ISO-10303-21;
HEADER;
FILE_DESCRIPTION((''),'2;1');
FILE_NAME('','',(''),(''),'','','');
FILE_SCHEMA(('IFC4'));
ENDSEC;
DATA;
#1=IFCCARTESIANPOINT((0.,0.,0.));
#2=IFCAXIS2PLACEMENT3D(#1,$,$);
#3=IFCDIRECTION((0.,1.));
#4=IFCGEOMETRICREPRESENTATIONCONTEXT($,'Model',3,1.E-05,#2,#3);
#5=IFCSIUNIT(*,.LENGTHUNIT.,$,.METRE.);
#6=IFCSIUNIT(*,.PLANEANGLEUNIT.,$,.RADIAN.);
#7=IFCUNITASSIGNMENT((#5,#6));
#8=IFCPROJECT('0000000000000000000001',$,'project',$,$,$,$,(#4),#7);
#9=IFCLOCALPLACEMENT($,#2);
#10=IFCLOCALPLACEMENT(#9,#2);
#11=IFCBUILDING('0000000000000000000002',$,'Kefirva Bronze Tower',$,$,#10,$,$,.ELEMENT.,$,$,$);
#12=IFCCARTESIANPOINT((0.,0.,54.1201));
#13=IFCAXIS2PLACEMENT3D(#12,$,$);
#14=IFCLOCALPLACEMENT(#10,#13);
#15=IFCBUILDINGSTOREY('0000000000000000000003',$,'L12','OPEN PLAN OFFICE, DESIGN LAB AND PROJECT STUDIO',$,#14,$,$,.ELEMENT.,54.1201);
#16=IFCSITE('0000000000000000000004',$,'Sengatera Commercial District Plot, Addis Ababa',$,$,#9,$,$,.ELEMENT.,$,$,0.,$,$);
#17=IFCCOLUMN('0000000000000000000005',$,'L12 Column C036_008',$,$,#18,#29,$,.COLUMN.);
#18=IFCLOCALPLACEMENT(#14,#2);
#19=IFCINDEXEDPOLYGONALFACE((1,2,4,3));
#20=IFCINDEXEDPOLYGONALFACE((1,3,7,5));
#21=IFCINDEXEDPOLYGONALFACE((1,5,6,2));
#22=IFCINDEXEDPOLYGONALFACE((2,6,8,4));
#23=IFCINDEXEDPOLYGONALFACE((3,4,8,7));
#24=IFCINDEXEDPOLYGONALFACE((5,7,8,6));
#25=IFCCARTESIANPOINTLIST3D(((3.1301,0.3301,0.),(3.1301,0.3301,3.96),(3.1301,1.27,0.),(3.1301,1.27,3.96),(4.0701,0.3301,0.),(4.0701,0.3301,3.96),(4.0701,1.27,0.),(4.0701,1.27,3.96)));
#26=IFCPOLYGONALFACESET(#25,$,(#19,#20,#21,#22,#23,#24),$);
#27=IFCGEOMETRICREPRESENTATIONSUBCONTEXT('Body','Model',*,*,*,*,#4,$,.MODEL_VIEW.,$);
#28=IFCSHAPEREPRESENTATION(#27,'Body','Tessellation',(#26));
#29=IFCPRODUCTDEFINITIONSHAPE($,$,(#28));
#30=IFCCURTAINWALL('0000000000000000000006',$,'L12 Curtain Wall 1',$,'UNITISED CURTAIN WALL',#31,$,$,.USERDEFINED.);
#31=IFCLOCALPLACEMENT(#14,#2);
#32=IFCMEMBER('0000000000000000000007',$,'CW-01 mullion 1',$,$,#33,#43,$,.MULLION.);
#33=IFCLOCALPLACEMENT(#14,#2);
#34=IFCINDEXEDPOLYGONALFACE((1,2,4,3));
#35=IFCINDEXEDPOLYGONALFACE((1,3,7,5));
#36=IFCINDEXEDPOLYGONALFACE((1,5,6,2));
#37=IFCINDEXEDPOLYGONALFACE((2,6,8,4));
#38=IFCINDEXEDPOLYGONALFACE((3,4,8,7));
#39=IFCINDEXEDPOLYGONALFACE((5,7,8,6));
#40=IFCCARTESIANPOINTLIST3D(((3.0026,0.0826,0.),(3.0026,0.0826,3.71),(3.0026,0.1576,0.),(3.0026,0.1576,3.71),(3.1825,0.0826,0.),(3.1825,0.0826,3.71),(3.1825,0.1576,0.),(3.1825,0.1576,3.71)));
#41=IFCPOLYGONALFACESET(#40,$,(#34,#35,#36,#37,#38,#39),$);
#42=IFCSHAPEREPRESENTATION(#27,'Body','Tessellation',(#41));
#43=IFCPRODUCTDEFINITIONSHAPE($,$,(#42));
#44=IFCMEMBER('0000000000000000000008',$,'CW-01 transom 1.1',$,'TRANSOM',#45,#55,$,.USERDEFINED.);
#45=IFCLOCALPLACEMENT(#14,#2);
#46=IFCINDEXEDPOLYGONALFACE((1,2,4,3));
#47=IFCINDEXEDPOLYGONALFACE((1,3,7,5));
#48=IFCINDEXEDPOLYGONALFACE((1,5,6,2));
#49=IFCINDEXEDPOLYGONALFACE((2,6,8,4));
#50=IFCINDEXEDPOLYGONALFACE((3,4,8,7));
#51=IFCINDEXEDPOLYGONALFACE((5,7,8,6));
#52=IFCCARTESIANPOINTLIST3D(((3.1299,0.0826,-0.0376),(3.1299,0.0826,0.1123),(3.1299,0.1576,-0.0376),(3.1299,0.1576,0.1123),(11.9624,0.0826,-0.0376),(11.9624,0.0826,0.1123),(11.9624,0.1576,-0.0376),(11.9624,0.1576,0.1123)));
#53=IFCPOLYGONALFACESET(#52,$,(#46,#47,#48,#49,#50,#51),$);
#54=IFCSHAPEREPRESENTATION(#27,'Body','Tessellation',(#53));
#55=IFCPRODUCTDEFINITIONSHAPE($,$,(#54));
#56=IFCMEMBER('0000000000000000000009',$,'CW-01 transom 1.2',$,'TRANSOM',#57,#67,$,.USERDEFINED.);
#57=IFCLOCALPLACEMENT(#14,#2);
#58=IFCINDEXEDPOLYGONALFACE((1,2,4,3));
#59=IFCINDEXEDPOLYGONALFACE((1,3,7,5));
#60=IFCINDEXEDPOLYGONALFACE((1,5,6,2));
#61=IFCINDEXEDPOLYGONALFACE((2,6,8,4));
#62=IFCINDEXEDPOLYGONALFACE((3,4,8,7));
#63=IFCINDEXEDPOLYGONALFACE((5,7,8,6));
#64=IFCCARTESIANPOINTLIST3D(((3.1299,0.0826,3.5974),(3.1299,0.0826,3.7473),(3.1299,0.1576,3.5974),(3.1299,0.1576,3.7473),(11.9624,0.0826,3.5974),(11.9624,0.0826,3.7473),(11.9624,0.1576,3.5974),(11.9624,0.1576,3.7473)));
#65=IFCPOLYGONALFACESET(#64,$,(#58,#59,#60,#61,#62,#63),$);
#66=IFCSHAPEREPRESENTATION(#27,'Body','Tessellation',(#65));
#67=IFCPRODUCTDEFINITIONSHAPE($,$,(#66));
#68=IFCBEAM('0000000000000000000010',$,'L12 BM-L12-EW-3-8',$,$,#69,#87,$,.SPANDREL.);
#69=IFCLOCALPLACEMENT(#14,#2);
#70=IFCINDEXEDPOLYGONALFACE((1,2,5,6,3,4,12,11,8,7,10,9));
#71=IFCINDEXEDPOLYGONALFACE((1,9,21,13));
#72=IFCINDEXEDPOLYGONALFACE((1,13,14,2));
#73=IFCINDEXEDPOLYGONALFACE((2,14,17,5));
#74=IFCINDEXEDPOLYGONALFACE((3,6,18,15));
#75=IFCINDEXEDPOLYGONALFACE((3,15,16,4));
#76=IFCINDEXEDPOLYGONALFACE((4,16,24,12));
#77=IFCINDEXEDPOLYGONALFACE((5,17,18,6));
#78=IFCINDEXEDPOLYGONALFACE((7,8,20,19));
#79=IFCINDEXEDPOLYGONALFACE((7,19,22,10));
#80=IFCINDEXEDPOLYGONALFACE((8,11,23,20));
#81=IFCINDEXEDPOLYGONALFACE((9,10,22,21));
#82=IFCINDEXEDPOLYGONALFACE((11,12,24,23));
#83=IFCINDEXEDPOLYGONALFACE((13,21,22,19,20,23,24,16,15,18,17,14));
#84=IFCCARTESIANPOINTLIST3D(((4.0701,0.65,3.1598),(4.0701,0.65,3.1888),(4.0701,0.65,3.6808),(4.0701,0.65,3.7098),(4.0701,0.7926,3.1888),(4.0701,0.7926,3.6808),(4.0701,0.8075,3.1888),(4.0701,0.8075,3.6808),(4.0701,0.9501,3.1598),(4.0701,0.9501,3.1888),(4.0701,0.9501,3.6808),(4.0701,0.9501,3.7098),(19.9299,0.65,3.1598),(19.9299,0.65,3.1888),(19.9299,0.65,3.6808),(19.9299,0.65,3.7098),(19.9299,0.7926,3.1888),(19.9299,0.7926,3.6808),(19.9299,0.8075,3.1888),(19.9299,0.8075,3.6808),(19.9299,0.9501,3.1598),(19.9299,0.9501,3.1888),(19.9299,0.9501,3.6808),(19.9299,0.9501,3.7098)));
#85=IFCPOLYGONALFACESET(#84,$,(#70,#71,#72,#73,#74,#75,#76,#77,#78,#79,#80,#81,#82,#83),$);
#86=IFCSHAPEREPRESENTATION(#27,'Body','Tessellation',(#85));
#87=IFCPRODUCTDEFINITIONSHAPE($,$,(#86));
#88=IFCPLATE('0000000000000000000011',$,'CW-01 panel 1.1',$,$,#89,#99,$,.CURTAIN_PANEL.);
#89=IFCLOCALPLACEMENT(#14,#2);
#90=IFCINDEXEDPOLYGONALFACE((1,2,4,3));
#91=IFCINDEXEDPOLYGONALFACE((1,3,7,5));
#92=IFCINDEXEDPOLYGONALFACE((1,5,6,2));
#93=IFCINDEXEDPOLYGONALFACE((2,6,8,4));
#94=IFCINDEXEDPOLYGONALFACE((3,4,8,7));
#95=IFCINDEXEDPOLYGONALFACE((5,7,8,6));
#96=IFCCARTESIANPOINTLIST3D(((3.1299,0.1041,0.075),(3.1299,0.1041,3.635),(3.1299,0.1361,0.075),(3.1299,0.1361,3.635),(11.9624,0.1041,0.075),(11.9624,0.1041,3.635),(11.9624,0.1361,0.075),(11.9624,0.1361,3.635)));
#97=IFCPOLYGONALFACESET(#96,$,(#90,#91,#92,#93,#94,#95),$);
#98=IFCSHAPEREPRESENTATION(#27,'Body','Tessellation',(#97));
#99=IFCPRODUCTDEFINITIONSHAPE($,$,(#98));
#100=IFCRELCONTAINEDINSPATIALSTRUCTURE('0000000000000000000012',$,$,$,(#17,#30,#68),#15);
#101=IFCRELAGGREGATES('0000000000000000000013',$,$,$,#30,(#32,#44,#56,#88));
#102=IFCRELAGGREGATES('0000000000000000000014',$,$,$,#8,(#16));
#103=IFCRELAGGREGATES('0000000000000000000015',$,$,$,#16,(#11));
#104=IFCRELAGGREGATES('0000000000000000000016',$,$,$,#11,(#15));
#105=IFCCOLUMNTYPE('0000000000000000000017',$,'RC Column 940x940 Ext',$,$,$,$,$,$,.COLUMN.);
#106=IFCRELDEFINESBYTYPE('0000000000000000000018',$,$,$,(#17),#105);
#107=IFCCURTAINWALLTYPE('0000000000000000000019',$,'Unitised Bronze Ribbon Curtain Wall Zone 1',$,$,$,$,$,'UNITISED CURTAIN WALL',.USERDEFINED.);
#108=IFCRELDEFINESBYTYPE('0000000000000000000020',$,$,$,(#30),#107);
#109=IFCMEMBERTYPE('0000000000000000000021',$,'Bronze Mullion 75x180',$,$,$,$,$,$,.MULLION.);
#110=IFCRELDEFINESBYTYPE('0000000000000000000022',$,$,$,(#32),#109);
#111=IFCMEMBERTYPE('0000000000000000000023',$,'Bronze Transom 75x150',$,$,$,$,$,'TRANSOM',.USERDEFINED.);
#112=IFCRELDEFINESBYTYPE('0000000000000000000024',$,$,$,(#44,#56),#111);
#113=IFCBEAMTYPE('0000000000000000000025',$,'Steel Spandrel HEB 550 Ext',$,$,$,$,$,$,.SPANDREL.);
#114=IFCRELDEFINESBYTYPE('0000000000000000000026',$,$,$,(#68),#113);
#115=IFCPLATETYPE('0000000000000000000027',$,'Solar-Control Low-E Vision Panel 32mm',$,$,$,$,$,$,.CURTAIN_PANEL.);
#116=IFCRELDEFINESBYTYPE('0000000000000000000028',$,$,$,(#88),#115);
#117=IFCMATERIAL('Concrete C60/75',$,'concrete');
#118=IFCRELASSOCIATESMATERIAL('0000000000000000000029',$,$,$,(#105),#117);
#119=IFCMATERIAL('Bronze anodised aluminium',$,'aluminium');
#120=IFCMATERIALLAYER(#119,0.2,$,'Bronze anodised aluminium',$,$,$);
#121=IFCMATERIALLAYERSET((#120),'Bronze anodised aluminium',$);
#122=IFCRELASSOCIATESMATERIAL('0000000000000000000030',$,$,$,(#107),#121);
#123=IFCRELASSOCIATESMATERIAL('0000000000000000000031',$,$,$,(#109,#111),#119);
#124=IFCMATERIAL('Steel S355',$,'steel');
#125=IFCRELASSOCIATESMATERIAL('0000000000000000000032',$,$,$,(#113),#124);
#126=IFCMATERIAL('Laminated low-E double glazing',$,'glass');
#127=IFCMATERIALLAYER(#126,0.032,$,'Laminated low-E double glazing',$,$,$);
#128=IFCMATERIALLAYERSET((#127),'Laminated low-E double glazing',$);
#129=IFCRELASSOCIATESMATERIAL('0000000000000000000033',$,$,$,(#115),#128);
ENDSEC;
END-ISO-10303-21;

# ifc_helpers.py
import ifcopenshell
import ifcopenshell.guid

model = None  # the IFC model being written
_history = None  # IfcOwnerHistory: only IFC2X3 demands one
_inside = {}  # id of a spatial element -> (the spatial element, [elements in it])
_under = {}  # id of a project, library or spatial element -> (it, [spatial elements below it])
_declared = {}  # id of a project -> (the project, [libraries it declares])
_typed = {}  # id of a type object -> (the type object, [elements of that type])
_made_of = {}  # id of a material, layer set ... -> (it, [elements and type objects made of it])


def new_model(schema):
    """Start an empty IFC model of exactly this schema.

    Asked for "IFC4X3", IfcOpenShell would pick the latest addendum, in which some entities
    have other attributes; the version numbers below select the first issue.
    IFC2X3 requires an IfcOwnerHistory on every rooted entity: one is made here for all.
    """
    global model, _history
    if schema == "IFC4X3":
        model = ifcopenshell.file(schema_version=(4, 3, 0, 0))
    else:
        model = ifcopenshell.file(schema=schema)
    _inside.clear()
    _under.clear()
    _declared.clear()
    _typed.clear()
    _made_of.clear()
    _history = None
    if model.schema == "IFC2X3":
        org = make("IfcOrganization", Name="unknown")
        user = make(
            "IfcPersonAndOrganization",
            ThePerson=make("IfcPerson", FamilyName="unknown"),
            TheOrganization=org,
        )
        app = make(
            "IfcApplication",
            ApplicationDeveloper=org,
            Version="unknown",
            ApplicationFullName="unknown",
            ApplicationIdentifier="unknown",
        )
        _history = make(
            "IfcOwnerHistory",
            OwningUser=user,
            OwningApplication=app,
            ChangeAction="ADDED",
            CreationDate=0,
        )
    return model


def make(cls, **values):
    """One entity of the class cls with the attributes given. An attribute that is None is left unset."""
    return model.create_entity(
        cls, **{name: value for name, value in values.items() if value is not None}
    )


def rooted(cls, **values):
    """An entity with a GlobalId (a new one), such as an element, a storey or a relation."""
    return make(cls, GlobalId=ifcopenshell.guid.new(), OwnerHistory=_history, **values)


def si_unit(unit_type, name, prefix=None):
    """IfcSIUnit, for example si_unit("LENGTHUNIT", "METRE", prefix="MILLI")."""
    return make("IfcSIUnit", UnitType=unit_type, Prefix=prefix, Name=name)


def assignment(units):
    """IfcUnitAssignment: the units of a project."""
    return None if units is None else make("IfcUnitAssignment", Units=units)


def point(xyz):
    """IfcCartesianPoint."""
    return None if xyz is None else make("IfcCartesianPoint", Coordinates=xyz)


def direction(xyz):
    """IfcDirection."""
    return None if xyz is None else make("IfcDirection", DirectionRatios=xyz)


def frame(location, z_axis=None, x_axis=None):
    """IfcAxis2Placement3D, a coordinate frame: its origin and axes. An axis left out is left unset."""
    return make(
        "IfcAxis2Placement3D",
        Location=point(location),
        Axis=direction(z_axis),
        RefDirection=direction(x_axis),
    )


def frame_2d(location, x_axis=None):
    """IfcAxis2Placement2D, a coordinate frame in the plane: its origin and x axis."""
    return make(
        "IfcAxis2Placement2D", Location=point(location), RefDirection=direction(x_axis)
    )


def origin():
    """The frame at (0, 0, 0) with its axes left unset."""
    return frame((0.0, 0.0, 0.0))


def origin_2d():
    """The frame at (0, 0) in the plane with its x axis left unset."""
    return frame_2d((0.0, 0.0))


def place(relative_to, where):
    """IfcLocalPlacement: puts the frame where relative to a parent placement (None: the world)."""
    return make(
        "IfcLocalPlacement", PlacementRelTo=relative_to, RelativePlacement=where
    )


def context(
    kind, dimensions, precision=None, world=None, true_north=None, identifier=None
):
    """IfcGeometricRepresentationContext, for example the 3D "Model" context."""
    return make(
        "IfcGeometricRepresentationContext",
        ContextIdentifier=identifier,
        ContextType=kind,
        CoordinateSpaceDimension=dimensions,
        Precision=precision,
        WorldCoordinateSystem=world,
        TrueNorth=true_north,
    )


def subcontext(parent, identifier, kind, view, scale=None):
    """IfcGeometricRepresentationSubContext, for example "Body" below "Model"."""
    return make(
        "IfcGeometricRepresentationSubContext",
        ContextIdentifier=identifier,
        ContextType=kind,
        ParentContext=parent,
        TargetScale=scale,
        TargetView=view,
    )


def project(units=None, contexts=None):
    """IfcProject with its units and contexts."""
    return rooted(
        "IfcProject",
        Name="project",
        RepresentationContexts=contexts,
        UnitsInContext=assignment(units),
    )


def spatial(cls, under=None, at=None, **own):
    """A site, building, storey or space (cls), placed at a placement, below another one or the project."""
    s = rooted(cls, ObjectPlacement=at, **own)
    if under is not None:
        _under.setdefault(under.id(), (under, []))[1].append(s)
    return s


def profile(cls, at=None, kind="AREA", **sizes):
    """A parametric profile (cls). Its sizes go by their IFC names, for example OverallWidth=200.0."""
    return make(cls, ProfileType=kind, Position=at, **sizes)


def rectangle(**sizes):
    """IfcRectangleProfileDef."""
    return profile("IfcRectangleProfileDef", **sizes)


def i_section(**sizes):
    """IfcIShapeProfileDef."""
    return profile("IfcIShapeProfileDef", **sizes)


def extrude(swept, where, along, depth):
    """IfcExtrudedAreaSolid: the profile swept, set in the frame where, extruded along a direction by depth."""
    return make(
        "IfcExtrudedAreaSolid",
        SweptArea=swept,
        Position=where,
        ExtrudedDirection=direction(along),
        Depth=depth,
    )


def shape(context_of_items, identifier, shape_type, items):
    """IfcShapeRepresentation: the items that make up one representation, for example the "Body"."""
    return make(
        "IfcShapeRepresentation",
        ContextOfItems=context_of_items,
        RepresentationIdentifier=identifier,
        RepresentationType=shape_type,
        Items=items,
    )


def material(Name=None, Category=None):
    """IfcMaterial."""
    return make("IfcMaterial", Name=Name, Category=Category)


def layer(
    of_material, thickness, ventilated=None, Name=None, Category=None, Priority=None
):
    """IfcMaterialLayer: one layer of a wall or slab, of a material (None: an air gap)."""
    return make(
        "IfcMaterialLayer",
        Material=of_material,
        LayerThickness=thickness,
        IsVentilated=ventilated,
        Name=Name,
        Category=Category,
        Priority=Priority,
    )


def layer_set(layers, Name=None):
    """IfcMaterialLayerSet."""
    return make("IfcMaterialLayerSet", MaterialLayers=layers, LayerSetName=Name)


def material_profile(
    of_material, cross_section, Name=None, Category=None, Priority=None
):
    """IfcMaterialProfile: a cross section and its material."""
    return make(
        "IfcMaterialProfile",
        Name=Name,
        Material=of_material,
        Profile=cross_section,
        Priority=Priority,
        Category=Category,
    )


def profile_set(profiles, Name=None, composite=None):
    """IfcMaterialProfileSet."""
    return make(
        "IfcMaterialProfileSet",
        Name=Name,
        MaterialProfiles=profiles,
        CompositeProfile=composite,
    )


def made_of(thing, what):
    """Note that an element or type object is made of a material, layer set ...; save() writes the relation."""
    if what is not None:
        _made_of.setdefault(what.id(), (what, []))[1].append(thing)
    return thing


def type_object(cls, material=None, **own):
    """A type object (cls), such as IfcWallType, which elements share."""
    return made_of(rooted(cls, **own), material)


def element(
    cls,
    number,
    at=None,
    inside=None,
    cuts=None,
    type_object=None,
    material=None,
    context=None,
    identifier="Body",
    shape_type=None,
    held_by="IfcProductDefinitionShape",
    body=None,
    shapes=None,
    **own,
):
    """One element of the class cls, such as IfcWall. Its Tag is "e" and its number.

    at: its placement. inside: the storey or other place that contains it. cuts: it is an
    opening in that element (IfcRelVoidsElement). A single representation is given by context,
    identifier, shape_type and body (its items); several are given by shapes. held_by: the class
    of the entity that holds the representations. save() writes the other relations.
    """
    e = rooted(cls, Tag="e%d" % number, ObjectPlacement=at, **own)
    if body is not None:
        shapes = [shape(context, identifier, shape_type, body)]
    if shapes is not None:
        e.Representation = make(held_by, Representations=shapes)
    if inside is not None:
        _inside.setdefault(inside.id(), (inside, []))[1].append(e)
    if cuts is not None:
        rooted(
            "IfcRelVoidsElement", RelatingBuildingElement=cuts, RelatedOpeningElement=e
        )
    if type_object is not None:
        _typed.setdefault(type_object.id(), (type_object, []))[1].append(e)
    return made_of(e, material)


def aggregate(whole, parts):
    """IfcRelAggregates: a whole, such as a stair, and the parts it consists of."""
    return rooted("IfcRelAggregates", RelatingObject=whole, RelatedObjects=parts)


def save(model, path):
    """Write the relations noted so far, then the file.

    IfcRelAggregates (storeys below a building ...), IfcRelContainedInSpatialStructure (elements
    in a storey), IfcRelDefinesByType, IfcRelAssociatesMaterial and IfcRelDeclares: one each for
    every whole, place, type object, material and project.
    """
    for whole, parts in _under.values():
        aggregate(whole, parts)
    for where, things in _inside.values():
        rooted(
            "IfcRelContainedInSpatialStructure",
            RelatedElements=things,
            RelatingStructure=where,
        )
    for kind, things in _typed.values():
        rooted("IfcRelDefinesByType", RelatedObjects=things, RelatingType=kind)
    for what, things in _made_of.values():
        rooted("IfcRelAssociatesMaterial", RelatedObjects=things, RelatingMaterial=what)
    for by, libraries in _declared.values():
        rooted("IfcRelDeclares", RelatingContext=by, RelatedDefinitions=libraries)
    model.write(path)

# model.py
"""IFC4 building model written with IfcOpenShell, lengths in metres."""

from ifc_helpers import new_model, si_unit, direction, frame, origin, origin_2d, place, context, subcontext, project, spatial, rectangle, i_section, extrude, material, layer, layer_set, material_profile, profile_set, type_object, element, aggregate, save


model = new_model("IFC4")

# Units and contexts
model_context = context("Model", 3, precision=1e-05, world=origin(), true_north=direction((0.0, 1.0)))
body_context = subcontext(model_context, "Body", "Model", "MODEL_VIEW")
ifc_project = project(units=[si_unit("LENGTHUNIT", "METRE"), si_unit("PLANEANGLEUNIT", "RADIAN")], contexts=[model_context])

# Site, building, storey
site_placement = place(None, origin())
site = spatial("IfcSite", under=ifc_project, at=site_placement, Name="Sengatera Commercial District Plot, Addis Ababa", CompositionType="ELEMENT", RefElevation=0.0)
building_placement = place(site_placement, origin())
building = spatial("IfcBuilding", under=site, at=building_placement, Name="Kefirva Bronze Tower", CompositionType="ELEMENT")
storey_placement = place(building_placement, frame((0.0, 0.0, 54.1201)))
storey = spatial("IfcBuildingStorey", under=building, at=storey_placement, Name="L12", Description="OPEN PLAN OFFICE, DESIGN LAB AND PROJECT STUDIO", CompositionType="ELEMENT", Elevation=54.1201)

# Column
ifc_material_1 = material(Name="Concrete C60/75", Category="concrete")
ifc_material_profile_1 = material_profile(ifc_material_1, rectangle(XDim=0.9399, YDim=0.9399, at=origin_2d()), Name="RC 940x940")
ifc_profile_set_1 = profile_set([ifc_material_profile_1], Name="Concrete C60/75")
column_type = type_object("IfcColumnType", Name="RC Column 940x940 Ext", PredefinedType="COLUMN", material=ifc_profile_set_1)
column_placement = place(storey_placement, frame((3.6001, 0.8, 0.0), z_axis=(0.0, 0.0, 1.0), x_axis=(1.0, 0.0, 0.0)))
element("IfcColumn", 1, at=column_placement, inside=storey, type_object=column_type, Name="L12 Column C036_008", PredefinedType="COLUMN", context=body_context, shape_type="SweptSolid", body=[
    extrude(rectangle(XDim=0.9399, YDim=0.9399, at=origin_2d()), origin(), (0.0, 0.0, 1.0), 3.96),
])

# Curtain wall, members
ifc_material_2 = material(Name="Bronze anodised aluminium", Category="aluminium")
ifc_layer_1 = layer(ifc_material_2, 0.2, Name="Bronze anodised aluminium")
ifc_layer_set_1 = layer_set([ifc_layer_1], Name="Bronze anodised aluminium")
curtain_wall_type = type_object("IfcCurtainWallType", Name="Unitised Bronze Ribbon Curtain Wall Zone 1", ElementType="UNITISED CURTAIN WALL", PredefinedType="USERDEFINED", material=ifc_layer_set_1)
curtain_wall_placement = place(storey_placement, origin())
curtain_wall = element("IfcCurtainWall", 2, at=curtain_wall_placement, inside=storey, type_object=curtain_wall_type, Name="L12 Curtain Wall 1", ObjectType="UNITISED CURTAIN WALL", PredefinedType="USERDEFINED")
ifc_material_profile_2 = material_profile(ifc_material_2, rectangle(XDim=0.075, YDim=0.1799, at=origin_2d()), Name="ALU 75x180")
ifc_profile_set_2 = profile_set([ifc_material_profile_2], Name="Bronze anodised aluminium")
member_type_1 = type_object("IfcMemberType", Name="Bronze Mullion 75x180", PredefinedType="MULLION", material=ifc_profile_set_2)
member_1_placement = place(storey_placement, frame((3.0925, 0.1201, 0.0), z_axis=(0.0, 0.0, 1.0), x_axis=(0.0, 1.0, 0.0)))
member_1 = element("IfcMember", 3, at=member_1_placement, type_object=member_type_1, Name="CW-01 mullion 1", PredefinedType="MULLION", context=body_context, shape_type="SweptSolid", body=[
    extrude(rectangle(XDim=0.075, YDim=0.1799, at=origin_2d()), origin(), (0.0, 0.0, 1.0), 3.71),
])
ifc_material_profile_3 = material_profile(ifc_material_2, rectangle(XDim=0.075, YDim=0.1499, at=origin_2d()), Name="ALU 75x150")
ifc_profile_set_3 = profile_set([ifc_material_profile_3], Name="Bronze anodised aluminium")
member_type_2 = type_object("IfcMemberType", Name="Bronze Transom 75x150", ElementType="TRANSOM", PredefinedType="USERDEFINED", material=ifc_profile_set_3)
member_2_placement = place(storey_placement, frame((3.1299, 0.1201, 0.0374), z_axis=(1.0, 0.0, 0.0), x_axis=(0.0, 1.0, 0.0)))
member_2 = element("IfcMember", 4, at=member_2_placement, type_object=member_type_2, Name="CW-01 transom 1.1", ObjectType="TRANSOM", PredefinedType="USERDEFINED", context=body_context, shape_type="SweptSolid", body=[
    extrude(rectangle(XDim=0.075, YDim=0.1499, at=origin_2d()), origin(), (0.0, 0.0, 1.0), 8.8325),
])
member_3_placement = place(storey_placement, frame((3.1299, 0.1201, 3.6724), z_axis=(1.0, 0.0, 0.0), x_axis=(0.0, 1.0, 0.0)))
member_3 = element("IfcMember", 5, at=member_3_placement, type_object=member_type_2, Name="CW-01 transom 1.2", ObjectType="TRANSOM", PredefinedType="USERDEFINED", context=body_context, shape_type="SweptSolid", body=[
    extrude(rectangle(XDim=0.075, YDim=0.1499, at=origin_2d()), origin(), (0.0, 0.0, 1.0), 8.8325),
])

# Beam
ifc_material_3 = material(Name="Steel S355", Category="steel")
ifc_material_profile_4 = material_profile(ifc_material_3, i_section(OverallWidth=0.3, OverallDepth=0.55, WebThickness=0.0149, FlangeThickness=0.0291, at=origin_2d()), Name="HEB 550")
ifc_profile_set_4 = profile_set([ifc_material_profile_4], Name="Steel S355")
beam_type = type_object("IfcBeamType", Name="Steel Spandrel HEB 550 Ext", PredefinedType="SPANDREL", material=ifc_profile_set_4)
beam_placement = place(storey_placement, frame((4.0701, 0.8, 3.4348), z_axis=(1.0, 0.0, 0.0), x_axis=(0.0, 1.0, 0.0)))
element("IfcBeam", 6, at=beam_placement, inside=storey, type_object=beam_type, Name="L12 BM-L12-EW-3-8", PredefinedType="SPANDREL", context=body_context, shape_type="SweptSolid", body=[
    extrude(i_section(OverallWidth=0.3, OverallDepth=0.55, WebThickness=0.0149, FlangeThickness=0.0291, at=origin_2d()), origin(), (0.0, 0.0, 1.0), 15.8599),
])

# Plate
ifc_material_4 = material(Name="Laminated low-E double glazing", Category="glass")
ifc_layer_2 = layer(ifc_material_4, 0.032, Name="Laminated low-E double glazing")
ifc_layer_set_2 = layer_set([ifc_layer_2], Name="Laminated low-E double glazing")
plate_type = type_object("IfcPlateType", Name="Solar-Control Low-E Vision Panel 32mm", PredefinedType="CURTAIN_PANEL", material=ifc_layer_set_2)
plate_placement = place(storey_placement, frame((7.5461, 0.1201, 0.075), z_axis=(0.0, 0.0, 1.0), x_axis=(1.0, 0.0, 0.0)))
plate = element("IfcPlate", 7, at=plate_placement, type_object=plate_type, Name="CW-01 panel 1.1", PredefinedType="CURTAIN_PANEL", context=body_context, shape_type="SweptSolid", body=[
    extrude(rectangle(XDim=8.8325, YDim=0.032, at=origin_2d()), origin(), (0.0, 0.0, 1.0), 3.5601),
])
aggregate(curtain_wall, [member_1, member_2, member_3, plate])

save(model, "model.ifc")
